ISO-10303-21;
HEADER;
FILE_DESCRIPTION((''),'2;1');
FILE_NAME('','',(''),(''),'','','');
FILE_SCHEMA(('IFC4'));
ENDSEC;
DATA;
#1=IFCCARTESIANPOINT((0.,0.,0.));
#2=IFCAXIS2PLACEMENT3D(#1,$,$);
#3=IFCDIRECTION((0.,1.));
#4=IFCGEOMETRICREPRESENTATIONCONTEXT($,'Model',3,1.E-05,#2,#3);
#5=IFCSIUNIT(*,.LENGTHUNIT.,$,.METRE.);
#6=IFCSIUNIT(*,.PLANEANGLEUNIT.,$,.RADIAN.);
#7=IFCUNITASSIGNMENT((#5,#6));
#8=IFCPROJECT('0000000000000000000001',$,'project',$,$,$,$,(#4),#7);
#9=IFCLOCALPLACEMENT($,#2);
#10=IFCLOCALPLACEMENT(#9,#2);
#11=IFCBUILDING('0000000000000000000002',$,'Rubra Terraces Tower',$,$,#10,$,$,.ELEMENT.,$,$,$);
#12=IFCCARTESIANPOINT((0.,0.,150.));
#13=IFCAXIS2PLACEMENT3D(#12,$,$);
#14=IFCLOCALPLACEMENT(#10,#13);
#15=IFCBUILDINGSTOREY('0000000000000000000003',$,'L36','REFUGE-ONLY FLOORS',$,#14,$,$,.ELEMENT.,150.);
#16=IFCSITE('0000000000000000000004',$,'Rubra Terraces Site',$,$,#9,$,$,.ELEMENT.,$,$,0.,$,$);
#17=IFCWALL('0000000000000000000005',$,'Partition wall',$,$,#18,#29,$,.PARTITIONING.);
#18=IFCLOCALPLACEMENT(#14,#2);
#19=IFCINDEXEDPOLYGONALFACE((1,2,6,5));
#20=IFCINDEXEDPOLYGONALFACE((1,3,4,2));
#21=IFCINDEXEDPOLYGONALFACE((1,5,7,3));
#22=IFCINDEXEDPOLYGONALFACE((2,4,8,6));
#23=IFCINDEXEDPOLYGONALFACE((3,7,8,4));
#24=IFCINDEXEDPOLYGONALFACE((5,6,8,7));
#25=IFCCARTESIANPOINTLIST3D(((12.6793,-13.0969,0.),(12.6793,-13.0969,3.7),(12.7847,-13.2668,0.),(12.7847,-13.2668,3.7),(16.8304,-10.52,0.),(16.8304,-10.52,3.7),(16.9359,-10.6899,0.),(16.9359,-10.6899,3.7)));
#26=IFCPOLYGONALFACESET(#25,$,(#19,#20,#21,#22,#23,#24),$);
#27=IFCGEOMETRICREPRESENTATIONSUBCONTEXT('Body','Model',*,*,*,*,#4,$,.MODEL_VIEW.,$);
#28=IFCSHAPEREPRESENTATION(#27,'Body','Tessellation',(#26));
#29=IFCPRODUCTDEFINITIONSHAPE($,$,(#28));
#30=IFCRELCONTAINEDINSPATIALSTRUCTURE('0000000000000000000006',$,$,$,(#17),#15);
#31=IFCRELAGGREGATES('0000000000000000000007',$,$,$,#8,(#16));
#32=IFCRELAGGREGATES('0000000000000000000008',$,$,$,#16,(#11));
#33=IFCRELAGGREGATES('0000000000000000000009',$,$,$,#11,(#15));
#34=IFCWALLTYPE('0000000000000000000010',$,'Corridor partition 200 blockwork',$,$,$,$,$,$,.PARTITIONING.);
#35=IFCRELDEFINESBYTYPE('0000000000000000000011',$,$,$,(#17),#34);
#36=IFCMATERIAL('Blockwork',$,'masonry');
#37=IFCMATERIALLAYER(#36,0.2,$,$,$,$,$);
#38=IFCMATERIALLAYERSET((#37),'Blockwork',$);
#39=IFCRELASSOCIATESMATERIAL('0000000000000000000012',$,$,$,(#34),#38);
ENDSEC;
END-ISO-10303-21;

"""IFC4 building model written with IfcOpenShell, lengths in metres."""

from ifc_helpers import new_model, si_unit, direction, frame, frame_2d, origin, place, context, subcontext, project, spatial, rectangle, extrude, material, layer, layer_set, type_object, element, save


model = new_model("IFC4")

# Units and contexts
model_context = context("Model", 3, precision=1e-05, world=origin(), true_north=direction((0.0, 1.0)))
body_context = subcontext(model_context, "Body", "Model", "MODEL_VIEW")
ifc_project = project(units=[si_unit("LENGTHUNIT", "METRE"), si_unit("PLANEANGLEUNIT", "RADIAN")], contexts=[model_context])

# Site, building, storey
site_placement = place(None, origin())
site = spatial("IfcSite", under=ifc_project, at=site_placement, Name="Rubra Terraces Site", CompositionType="ELEMENT", RefElevation=0.0)
building_placement = place(site_placement, origin())
building = spatial("IfcBuilding", under=site, at=building_placement, Name="Rubra Terraces Tower", CompositionType="ELEMENT")
storey_placement = place(building_placement, frame((0.0, 0.0, 150.0)))
storey = spatial("IfcBuildingStorey", under=building, at=storey_placement, Name="L36", Description="REFUGE-ONLY FLOORS", CompositionType="ELEMENT", Elevation=150.0)

# Wall
ifc_material_1 = material(Name="Blockwork", Category="masonry")
ifc_layer_1 = layer(ifc_material_1, 0.2)
ifc_layer_set_1 = layer_set([ifc_layer_1], Name="Blockwork")
wall_type_1 = type_object("IfcWallType", Name="Corridor partition 200 blockwork", PredefinedType="PARTITIONING", material=ifc_layer_set_1)
wall_1_placement = place(storey_placement, frame((16.8831, -10.605, 0.0), z_axis=(0.0, 0.0, 1.0), x_axis=(-0.849609, -0.527414, 0.0)))
element("IfcWall", 1, at=wall_1_placement, inside=storey, type_object=wall_type_1, Name="Partition wall", PredefinedType="PARTITIONING", context=body_context, shape_type="SweptSolid", body=[
    extrude(rectangle(XDim=4.886, YDim=0.2, at=frame_2d((2.4429, 0.0))), origin(), (0.0, 0.0, 1.0), 3.7),
])

save(model, "model.ifc")
